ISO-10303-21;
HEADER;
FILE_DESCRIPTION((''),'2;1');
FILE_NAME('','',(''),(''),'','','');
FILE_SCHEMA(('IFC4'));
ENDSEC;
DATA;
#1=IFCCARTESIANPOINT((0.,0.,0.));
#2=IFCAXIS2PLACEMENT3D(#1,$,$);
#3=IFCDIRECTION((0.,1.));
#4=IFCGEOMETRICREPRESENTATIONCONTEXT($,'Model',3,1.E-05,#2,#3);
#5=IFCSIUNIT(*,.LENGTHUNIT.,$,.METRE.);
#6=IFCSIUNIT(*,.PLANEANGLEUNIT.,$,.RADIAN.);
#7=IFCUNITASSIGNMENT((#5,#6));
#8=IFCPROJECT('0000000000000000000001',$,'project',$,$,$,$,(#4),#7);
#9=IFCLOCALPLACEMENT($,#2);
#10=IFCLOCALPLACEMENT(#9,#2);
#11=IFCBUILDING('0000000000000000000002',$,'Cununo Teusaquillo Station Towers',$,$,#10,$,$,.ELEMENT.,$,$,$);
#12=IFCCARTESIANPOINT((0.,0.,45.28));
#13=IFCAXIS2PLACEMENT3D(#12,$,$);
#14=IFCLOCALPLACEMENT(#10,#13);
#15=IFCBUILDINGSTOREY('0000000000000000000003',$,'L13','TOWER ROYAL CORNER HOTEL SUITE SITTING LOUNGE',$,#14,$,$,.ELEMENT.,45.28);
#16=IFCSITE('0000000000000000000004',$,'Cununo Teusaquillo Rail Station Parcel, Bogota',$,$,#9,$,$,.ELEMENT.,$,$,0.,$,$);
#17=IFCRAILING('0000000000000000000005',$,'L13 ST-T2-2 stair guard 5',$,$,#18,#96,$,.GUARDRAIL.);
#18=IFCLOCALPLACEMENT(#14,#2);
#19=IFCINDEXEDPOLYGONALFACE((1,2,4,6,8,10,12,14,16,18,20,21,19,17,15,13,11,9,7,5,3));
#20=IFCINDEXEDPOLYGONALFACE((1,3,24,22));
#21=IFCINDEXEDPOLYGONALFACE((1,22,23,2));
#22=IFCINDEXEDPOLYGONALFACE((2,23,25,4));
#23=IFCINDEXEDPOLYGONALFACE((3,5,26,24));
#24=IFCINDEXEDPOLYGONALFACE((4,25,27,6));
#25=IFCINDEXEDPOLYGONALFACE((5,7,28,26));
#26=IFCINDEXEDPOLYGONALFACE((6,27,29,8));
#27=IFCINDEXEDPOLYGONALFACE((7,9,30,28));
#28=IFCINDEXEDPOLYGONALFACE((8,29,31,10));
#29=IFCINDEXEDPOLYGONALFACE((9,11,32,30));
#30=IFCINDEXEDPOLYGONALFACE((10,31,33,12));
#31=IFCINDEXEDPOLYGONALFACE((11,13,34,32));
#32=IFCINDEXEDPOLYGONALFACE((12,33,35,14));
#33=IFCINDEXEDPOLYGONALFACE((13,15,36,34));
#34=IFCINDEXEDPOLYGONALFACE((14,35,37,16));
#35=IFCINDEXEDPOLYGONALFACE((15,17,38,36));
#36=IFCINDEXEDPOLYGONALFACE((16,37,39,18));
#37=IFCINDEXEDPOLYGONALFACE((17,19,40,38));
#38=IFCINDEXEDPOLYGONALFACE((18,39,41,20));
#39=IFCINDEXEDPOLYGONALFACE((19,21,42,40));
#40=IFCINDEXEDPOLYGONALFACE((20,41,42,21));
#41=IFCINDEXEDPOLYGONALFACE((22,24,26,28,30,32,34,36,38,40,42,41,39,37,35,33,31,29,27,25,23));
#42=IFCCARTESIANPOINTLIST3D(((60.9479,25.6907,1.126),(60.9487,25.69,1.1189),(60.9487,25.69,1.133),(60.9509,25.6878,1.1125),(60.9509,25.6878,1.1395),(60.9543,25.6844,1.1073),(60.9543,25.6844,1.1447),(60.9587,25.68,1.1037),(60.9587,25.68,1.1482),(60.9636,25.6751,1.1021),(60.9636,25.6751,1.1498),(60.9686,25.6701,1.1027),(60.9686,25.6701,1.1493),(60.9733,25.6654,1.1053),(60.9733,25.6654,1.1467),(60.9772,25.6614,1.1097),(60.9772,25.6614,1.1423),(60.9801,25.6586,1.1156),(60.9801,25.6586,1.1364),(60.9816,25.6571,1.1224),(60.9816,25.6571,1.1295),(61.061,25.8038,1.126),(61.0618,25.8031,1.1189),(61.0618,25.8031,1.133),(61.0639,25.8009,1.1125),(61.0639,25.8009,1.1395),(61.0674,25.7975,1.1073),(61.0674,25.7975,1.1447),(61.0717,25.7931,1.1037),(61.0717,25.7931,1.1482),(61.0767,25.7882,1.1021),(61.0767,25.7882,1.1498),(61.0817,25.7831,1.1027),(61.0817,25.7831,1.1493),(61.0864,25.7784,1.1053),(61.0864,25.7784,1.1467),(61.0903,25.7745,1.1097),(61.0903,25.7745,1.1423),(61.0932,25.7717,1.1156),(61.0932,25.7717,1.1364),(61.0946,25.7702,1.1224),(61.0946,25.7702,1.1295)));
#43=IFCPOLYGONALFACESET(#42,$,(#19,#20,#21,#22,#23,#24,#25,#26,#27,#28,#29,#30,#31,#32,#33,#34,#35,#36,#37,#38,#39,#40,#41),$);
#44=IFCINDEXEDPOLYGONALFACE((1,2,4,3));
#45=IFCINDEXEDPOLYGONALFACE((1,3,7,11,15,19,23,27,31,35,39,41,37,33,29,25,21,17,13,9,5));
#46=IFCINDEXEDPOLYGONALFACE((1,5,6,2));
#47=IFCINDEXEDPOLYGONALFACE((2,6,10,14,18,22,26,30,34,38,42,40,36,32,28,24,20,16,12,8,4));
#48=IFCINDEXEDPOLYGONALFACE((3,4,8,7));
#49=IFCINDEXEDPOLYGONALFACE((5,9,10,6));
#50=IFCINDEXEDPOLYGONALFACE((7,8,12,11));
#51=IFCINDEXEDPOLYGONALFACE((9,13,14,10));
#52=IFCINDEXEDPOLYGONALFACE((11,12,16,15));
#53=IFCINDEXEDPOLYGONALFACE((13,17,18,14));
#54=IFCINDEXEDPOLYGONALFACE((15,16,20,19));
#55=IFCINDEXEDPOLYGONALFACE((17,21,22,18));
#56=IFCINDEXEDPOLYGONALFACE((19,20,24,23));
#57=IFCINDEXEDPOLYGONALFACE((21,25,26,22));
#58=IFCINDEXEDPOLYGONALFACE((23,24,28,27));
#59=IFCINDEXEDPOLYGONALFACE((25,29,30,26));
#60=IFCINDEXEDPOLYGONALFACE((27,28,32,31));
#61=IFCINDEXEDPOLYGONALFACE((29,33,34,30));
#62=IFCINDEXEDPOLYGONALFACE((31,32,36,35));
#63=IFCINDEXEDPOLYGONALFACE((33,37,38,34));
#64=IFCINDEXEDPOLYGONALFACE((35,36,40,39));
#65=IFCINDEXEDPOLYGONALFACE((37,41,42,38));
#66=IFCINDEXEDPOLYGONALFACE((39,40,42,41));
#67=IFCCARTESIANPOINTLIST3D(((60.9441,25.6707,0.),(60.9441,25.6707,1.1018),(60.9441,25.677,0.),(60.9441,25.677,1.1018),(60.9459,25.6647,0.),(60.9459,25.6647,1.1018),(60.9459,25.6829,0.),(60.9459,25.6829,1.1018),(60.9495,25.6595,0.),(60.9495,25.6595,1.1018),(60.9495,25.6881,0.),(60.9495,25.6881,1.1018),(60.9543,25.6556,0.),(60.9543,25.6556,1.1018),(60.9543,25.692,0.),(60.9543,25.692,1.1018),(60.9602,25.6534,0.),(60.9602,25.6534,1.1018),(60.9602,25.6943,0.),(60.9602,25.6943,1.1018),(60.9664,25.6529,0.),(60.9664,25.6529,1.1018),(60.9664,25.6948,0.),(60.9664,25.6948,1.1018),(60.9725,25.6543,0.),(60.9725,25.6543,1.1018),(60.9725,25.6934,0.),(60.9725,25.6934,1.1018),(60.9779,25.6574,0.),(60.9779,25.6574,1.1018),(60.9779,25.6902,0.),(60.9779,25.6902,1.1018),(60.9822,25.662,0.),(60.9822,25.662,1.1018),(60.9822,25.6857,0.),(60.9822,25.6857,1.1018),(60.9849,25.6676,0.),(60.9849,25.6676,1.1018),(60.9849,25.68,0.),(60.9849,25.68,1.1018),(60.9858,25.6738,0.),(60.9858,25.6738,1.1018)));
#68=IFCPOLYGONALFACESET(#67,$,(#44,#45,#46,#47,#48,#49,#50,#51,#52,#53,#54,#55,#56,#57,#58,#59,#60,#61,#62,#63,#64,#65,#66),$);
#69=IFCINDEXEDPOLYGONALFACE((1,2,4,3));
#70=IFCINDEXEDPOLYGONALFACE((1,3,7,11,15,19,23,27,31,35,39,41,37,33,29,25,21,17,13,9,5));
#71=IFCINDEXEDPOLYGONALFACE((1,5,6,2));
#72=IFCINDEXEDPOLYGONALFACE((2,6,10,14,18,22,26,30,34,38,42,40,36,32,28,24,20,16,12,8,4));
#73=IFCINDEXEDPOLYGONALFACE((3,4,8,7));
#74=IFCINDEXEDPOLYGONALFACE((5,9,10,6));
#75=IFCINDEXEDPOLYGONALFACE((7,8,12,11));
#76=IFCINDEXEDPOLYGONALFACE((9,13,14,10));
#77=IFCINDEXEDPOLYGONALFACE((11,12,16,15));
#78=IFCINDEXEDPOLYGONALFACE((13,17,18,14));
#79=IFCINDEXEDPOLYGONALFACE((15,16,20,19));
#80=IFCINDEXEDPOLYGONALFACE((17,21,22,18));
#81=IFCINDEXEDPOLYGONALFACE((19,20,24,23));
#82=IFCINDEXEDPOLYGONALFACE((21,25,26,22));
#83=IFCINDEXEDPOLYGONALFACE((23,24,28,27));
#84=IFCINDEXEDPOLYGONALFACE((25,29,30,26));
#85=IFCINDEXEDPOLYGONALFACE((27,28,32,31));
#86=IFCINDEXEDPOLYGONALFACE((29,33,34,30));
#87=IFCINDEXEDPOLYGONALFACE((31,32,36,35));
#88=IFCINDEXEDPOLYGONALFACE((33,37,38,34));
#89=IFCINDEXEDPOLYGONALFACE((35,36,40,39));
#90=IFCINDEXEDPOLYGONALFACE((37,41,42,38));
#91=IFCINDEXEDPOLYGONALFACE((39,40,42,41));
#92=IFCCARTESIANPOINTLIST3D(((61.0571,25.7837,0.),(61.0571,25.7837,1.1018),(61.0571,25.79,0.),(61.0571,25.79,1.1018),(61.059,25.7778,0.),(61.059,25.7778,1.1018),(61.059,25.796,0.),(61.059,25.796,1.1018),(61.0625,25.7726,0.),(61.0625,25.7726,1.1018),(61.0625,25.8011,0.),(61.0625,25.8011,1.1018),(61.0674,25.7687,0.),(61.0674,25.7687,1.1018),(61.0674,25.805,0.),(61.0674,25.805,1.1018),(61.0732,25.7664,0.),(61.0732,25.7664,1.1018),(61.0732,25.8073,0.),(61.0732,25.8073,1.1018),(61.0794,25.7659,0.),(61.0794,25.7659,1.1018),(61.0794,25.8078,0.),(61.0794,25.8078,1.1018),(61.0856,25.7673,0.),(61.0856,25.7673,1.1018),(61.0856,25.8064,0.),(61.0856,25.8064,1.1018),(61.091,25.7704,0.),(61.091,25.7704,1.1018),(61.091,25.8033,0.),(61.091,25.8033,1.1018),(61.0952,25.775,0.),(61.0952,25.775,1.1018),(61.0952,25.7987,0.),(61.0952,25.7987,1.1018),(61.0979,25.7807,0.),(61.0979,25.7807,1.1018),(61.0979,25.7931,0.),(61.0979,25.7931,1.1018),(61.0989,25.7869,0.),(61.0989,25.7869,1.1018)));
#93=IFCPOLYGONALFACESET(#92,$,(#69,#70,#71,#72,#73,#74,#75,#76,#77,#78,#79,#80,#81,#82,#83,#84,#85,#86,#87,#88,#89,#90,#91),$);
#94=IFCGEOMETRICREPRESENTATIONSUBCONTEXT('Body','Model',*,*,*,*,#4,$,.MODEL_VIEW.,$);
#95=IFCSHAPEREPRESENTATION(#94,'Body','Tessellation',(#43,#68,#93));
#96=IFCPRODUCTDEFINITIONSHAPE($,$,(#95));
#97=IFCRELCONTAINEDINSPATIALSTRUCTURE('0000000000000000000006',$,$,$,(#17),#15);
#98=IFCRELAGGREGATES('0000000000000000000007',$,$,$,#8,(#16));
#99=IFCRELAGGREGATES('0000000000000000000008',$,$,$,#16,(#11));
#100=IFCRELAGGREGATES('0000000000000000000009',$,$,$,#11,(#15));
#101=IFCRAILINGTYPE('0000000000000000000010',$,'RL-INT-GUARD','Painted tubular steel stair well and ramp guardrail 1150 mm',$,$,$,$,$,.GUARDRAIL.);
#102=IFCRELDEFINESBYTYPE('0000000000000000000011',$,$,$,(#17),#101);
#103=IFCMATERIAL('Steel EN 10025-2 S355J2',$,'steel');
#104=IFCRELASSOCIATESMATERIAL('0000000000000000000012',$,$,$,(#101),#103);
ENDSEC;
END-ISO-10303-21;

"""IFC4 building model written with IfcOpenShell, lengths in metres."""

from ifc_helpers import new_model, si_unit, direction, frame, origin, origin_2d, place, context, subcontext, project, spatial, circle, extrude, material, type_object, element, save


model = new_model("IFC4")

# Units and contexts
model_context = context("Model", 3, precision=1e-05, world=origin(), true_north=direction((0.0, 1.0)))
body_context = subcontext(model_context, "Body", "Model", "MODEL_VIEW")
ifc_project = project(units=[si_unit("LENGTHUNIT", "METRE"), si_unit("PLANEANGLEUNIT", "RADIAN")], contexts=[model_context])

# Site, building, storey
site_placement = place(None, origin())
site = spatial("IfcSite", under=ifc_project, at=site_placement, Name="Cununo Teusaquillo Rail Station Parcel, Bogota", CompositionType="ELEMENT", RefElevation=0.0)
building_placement = place(site_placement, origin())
building = spatial("IfcBuilding", under=site, at=building_placement, Name="Cununo Teusaquillo Station Towers", CompositionType="ELEMENT")
storey_placement = place(building_placement, frame((0.0, 0.0, 45.28)))
storey = spatial("IfcBuildingStorey", under=building, at=storey_placement, Name="L13", Description="TOWER ROYAL CORNER HOTEL SUITE SITTING LOUNGE", CompositionType="ELEMENT", Elevation=45.28)

# Railing
ifc_material_1 = material(Name="Steel EN 10025-2 S355J2", Category="steel")
railing_type_1 = type_object("IfcRailingType", Name="RL-INT-GUARD", Description="Painted tubular steel stair well and ramp guardrail 1150 mm", PredefinedType="GUARDRAIL", material=ifc_material_1)
railing_1_placement = place(storey_placement, frame((60.9648, 25.6738, 0.0)))
element("IfcRailing", 1, at=railing_1_placement, inside=storey, type_object=railing_type_1, Name="L13 ST-T2-2 stair guard 5", PredefinedType="GUARDRAIL", context=body_context, shape_type="SweptSolid", body=[
    extrude(circle(Radius=0.0239, at=origin_2d()), frame((0.0, 0.0, 1.126), z_axis=(0.707107, 0.707107, 0.0), x_axis=(-0.707107, 0.707107, 0.0)), (0.0, 0.0, 1.0), 0.1599),
    extrude(circle(Radius=0.021, at=origin_2d()), origin(), (0.0, 0.0, 1.0), 1.1018),
    extrude(circle(Radius=0.021, at=origin_2d()), frame((0.113, 0.113, 0.0)), (0.0, 0.0, 1.0), 1.1018),
])

save(model, "model.ifc")
